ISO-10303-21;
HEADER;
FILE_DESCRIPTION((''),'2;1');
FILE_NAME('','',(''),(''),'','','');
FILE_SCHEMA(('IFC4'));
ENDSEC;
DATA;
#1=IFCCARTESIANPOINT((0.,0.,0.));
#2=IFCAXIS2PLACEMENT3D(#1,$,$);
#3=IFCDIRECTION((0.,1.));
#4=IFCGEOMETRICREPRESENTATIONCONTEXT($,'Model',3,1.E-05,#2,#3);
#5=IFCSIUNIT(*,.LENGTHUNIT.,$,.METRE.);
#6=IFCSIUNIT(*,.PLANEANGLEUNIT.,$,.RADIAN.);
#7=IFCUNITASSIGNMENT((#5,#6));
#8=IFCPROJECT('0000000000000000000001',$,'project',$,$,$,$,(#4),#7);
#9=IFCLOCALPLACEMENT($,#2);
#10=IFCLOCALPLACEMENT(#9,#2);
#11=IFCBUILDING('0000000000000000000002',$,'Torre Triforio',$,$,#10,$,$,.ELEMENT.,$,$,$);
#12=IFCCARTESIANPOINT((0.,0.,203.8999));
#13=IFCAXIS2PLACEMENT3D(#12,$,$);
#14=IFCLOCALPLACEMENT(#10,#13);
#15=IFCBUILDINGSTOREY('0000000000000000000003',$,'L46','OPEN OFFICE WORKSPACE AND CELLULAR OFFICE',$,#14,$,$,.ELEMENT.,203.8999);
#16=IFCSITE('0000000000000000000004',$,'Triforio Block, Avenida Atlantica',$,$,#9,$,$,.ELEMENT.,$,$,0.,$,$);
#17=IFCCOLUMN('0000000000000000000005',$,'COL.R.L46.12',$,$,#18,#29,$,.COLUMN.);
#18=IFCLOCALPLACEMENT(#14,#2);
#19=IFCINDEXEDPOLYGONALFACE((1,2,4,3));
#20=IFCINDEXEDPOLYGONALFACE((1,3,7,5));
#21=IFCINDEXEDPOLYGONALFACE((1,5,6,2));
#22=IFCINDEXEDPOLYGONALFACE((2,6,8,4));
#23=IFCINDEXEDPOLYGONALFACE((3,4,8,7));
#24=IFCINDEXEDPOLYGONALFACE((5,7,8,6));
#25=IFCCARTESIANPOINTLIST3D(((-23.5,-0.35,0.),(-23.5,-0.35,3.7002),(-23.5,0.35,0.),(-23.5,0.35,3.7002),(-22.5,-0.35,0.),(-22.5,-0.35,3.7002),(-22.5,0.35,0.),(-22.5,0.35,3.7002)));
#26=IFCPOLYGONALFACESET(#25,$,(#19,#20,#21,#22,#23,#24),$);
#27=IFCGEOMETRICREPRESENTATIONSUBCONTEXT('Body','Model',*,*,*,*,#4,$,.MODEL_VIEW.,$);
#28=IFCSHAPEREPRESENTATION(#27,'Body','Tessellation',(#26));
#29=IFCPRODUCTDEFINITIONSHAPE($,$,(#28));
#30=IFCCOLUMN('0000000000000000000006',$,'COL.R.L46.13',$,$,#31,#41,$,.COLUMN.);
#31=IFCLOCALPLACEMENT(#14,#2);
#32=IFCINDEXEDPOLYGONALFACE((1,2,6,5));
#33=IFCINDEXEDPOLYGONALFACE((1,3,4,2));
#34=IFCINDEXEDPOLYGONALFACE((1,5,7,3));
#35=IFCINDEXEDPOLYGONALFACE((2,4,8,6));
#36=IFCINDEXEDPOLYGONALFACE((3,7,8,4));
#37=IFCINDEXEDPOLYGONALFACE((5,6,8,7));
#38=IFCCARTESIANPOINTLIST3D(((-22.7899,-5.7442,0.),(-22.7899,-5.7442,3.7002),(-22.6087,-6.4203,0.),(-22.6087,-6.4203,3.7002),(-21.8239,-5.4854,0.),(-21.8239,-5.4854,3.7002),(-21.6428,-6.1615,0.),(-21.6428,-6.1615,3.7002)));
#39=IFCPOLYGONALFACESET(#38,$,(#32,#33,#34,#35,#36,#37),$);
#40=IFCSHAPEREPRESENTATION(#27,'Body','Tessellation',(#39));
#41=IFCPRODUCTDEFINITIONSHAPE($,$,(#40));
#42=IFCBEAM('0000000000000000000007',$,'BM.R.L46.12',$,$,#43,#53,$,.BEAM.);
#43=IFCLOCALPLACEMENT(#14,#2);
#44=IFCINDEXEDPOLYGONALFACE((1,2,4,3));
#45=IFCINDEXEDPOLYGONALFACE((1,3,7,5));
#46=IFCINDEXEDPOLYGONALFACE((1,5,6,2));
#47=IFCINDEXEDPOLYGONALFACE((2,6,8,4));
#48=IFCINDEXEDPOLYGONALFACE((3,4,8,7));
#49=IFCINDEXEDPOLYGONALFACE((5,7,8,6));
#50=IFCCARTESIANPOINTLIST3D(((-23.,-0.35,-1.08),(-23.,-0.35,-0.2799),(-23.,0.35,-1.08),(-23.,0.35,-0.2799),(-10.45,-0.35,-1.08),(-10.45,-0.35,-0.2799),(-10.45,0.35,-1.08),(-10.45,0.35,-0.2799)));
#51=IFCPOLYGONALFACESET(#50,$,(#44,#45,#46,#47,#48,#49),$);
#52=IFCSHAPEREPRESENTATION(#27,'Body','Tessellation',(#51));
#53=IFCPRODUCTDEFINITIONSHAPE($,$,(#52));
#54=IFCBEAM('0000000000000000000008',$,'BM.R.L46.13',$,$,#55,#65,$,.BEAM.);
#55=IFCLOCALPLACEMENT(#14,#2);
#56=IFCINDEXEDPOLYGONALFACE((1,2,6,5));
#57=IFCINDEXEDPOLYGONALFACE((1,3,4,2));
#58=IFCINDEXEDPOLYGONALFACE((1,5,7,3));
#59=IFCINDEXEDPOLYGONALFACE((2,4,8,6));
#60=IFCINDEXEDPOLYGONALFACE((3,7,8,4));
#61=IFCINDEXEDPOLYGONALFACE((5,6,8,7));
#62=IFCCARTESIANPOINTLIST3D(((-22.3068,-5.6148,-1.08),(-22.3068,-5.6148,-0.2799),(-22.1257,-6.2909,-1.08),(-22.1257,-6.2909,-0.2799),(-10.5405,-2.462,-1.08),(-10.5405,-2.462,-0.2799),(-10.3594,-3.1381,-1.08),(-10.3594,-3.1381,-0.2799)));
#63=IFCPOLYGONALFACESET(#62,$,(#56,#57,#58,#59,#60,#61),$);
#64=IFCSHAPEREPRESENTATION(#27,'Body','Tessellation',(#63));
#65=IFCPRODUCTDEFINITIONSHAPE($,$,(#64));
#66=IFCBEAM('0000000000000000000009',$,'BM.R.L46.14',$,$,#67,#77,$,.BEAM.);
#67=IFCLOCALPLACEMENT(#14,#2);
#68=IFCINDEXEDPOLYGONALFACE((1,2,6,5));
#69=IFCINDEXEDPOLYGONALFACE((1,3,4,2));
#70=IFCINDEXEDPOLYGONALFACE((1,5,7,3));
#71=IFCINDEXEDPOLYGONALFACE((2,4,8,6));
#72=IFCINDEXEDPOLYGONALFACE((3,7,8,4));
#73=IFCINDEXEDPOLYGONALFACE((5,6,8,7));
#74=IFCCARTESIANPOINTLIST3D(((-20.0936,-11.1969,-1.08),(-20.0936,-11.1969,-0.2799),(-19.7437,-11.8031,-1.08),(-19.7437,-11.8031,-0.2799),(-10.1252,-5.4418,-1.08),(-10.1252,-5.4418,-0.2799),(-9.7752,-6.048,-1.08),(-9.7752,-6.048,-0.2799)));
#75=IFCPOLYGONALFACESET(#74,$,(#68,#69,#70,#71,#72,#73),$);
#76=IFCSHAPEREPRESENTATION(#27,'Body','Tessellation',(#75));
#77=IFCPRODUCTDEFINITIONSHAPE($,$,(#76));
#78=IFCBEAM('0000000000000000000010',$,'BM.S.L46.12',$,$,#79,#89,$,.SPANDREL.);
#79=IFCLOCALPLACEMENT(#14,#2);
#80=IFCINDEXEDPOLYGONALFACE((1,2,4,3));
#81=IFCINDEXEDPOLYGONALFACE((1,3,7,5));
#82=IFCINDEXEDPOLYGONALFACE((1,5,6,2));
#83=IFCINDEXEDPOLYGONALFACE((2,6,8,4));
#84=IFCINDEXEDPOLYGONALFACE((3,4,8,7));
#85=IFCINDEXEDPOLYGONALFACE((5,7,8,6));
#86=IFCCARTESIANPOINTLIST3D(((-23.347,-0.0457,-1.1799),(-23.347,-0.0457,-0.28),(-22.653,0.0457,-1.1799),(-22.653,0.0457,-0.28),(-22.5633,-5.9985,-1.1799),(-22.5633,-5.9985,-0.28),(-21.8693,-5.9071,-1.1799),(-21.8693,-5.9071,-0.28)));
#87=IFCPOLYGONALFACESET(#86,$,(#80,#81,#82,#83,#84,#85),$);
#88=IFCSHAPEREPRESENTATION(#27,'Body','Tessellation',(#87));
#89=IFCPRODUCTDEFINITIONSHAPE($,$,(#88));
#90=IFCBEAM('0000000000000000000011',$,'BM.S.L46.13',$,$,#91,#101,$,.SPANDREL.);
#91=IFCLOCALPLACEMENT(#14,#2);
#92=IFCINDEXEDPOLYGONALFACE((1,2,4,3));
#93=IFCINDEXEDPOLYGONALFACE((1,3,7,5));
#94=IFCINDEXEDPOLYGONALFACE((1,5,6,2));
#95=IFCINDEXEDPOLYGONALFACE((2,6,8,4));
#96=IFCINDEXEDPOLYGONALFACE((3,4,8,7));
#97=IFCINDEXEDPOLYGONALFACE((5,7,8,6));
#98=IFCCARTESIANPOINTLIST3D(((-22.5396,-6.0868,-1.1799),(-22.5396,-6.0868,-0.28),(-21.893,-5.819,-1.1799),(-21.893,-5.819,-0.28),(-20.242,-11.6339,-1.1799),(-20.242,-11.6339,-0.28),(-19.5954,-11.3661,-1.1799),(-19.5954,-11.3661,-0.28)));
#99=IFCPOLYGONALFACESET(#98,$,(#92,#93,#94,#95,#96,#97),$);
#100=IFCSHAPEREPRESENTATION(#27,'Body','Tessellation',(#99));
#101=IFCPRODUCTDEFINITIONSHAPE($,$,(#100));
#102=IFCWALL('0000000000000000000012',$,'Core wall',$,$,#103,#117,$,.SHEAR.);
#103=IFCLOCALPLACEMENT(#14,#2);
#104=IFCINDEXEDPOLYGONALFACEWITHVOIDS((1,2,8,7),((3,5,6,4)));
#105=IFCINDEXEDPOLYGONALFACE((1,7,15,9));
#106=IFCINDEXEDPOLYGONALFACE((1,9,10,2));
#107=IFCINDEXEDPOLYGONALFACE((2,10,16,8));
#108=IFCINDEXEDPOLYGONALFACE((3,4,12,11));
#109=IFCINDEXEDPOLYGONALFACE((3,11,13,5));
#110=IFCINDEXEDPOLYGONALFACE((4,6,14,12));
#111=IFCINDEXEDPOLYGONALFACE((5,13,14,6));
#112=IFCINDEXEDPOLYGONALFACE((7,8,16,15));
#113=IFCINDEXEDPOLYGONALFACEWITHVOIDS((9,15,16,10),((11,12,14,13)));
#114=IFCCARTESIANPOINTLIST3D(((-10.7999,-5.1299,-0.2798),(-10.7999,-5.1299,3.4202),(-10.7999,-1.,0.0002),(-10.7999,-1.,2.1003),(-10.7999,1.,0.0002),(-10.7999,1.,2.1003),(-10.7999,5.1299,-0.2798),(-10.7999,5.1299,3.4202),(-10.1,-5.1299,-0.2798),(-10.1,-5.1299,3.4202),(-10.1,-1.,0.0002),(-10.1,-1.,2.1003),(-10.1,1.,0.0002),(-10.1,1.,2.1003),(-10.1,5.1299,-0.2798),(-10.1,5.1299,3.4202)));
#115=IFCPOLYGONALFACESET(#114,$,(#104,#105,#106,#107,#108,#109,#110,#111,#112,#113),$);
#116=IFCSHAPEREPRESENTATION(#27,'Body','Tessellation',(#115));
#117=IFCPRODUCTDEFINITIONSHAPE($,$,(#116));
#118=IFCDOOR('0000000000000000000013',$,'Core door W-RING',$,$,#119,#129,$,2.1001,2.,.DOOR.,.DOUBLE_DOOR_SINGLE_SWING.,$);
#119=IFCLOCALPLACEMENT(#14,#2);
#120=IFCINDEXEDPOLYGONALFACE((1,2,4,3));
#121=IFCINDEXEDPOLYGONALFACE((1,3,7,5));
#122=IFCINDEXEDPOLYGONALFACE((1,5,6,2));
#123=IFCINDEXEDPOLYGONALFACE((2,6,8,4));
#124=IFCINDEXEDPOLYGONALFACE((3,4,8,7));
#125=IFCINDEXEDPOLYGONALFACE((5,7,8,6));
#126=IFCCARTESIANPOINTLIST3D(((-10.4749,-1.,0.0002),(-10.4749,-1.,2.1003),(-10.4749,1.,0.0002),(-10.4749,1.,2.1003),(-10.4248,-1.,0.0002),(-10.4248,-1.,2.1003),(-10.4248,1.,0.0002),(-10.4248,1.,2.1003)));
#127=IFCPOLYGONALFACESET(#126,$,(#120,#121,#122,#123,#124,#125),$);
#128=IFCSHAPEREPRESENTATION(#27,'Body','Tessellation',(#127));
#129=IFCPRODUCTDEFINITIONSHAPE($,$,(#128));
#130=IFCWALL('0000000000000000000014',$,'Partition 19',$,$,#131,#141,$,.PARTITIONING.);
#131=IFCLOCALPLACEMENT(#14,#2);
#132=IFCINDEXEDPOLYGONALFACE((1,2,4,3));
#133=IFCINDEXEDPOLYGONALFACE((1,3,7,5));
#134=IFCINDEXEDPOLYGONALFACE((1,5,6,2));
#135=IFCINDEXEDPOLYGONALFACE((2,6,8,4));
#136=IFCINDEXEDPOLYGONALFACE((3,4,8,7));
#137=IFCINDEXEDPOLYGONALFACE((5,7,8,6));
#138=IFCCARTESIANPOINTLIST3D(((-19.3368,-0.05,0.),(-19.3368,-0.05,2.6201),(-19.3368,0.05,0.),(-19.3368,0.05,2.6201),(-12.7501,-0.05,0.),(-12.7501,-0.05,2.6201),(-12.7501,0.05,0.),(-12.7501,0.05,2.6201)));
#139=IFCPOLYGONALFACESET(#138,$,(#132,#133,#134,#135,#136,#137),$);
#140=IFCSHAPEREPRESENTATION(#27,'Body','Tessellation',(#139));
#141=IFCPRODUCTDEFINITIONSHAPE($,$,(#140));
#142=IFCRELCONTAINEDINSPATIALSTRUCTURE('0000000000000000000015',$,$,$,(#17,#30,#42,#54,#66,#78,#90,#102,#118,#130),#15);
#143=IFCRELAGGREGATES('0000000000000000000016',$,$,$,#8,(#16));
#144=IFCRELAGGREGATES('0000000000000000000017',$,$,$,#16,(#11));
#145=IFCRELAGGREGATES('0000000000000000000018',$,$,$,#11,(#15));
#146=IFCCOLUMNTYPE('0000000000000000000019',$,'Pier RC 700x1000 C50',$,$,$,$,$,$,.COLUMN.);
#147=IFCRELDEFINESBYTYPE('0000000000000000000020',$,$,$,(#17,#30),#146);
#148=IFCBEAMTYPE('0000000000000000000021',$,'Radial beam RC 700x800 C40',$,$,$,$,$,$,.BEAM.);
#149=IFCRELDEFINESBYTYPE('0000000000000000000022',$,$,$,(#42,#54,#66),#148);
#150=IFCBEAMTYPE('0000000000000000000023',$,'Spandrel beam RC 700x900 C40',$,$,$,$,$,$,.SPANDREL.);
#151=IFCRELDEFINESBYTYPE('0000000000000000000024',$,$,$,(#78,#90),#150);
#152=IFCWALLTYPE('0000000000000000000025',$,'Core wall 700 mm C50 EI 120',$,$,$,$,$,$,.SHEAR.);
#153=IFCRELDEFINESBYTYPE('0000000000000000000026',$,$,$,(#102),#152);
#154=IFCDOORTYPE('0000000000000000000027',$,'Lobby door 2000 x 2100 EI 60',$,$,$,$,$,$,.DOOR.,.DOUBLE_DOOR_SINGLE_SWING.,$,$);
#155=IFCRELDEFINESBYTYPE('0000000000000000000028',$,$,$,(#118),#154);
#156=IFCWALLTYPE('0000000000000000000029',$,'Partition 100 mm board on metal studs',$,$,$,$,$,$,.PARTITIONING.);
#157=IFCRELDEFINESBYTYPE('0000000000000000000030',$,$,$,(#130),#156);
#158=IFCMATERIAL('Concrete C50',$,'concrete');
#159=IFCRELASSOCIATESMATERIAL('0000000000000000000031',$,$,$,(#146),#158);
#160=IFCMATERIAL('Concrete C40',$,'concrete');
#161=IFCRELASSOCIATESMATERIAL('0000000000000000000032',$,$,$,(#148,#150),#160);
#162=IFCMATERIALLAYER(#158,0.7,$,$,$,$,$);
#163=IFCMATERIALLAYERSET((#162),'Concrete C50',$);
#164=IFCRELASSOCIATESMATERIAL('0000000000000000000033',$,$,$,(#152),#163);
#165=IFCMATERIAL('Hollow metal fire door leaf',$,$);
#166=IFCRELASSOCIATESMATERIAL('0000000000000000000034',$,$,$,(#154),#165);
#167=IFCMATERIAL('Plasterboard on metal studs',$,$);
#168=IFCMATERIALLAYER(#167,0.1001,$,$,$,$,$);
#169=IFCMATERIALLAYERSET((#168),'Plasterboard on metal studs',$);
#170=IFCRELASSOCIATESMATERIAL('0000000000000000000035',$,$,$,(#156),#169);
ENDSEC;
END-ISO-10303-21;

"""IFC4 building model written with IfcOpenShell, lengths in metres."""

from ifc_helpers import new_model, si_unit, direction, frame, frame_2d, origin, origin_2d, place, context, subcontext, project, spatial, rectangle, extrude, material, layer, layer_set, material_profile, profile_set, type_object, element, fill, save


model = new_model("IFC4")

# Units and contexts
model_context = context("Model", 3, precision=1e-05, world=origin(), true_north=direction((0.0, 1.0)))
body_context = subcontext(model_context, "Body", "Model", "MODEL_VIEW")
ifc_project = project(units=[si_unit("LENGTHUNIT", "METRE"), si_unit("PLANEANGLEUNIT", "RADIAN")], contexts=[model_context])

# Site, building, storey
site_placement = place(None, origin())
site = spatial("IfcSite", under=ifc_project, at=site_placement, Name="Triforio Block, Avenida Atlantica", CompositionType="ELEMENT", RefElevation=0.0)
building_placement = place(site_placement, origin())
building = spatial("IfcBuilding", under=site, at=building_placement, Name="Torre Triforio", CompositionType="ELEMENT")
storey_placement = place(building_placement, frame((0.0, 0.0, 203.8999)))
storey = spatial("IfcBuildingStorey", under=building, at=storey_placement, Name="L46", Description="OPEN OFFICE WORKSPACE AND CELLULAR OFFICE", CompositionType="ELEMENT", Elevation=203.8999)

# Columns
ifc_material_1 = material(Name="Concrete C50", Category="concrete")
ifc_material_profile_1 = material_profile(ifc_material_1, rectangle(XDim=0.7, YDim=1.0, at=origin_2d()), Name="RC 700x1000")
ifc_profile_set_1 = profile_set([ifc_material_profile_1], Name="Concrete C50")
column_type = type_object("IfcColumnType", Name="Pier RC 700x1000 C50", PredefinedType="COLUMN", material=ifc_profile_set_1)
for number, where, z_axis, x_axis, name in (
    (1, (-23.0, 0.0, 0.0), (0.0, 0.0, 1.0), (0.0, -1.0, 0.0), "COL.R.L46.12"),
    (2, (-22.2163, -5.9529, 0.0), (0.0, 0.0, 1.0), (0.258819, -0.965926, 0.0), "COL.R.L46.13"),
):
    element("IfcColumn", number, at=place(storey_placement, frame(where, z_axis=z_axis, x_axis=x_axis)), inside=storey, type_object=column_type, Name=name, PredefinedType="COLUMN", context=body_context, shape_type="SweptSolid", body=[
        extrude(rectangle(XDim=0.7, YDim=1.0, at=origin_2d()), origin(), (0.0, 0.0, 1.0), 3.7002),
    ])

# Beams
ifc_material_2 = material(Name="Concrete C40", Category="concrete")
ifc_material_profile_2 = material_profile(ifc_material_2, rectangle(XDim=0.7, YDim=0.8, at=origin_2d()), Name="RC 700x800")
ifc_profile_set_2 = profile_set([ifc_material_profile_2], Name="Concrete C40")
beam_type_1 = type_object("IfcBeamType", Name="Radial beam RC 700x800 C40", PredefinedType="BEAM", material=ifc_profile_set_2)
beam_1_placement = place(storey_placement, frame((-10.45, 0.0, -0.6799), z_axis=(-1.0, 0.0, 0.0), x_axis=(0.0, -1.0, 0.0)))
element("IfcBeam", 3, at=beam_1_placement, inside=storey, type_object=beam_type_1, Name="BM.R.L46.12", PredefinedType="BEAM", context=body_context, shape_type="SweptSolid", body=[
    extrude(rectangle(XDim=0.7, YDim=0.8, at=origin_2d()), origin(), (0.0, 0.0, 1.0), 12.55),
])
beam_2_placement = place(storey_placement, frame((-10.45, -2.8, -0.6799), z_axis=(-0.965925, -0.258823, 0.0), x_axis=(0.258823, -0.965925, 0.0)))
element("IfcBeam", 4, at=beam_2_placement, inside=storey, type_object=beam_type_1, Name="BM.R.L46.13", PredefinedType="BEAM", context=body_context, shape_type="SweptSolid", body=[
    extrude(rectangle(XDim=0.7, YDim=0.8, at=origin_2d()), origin(), (0.0, 0.0, 1.0), 12.1814),
])
beam_3_placement = place(storey_placement, frame((-9.9502, -5.7449, -0.6799), z_axis=(-0.866033, -0.499987, 0.0), x_axis=(0.499987, -0.866033, 0.0)))
element("IfcBeam", 5, at=beam_3_placement, inside=storey, type_object=beam_type_1, Name="BM.R.L46.14", PredefinedType="BEAM", context=body_context, shape_type="SweptSolid", body=[
    extrude(rectangle(XDim=0.7, YDim=0.8, at=origin_2d()), origin(), (0.0, 0.0, 1.0), 11.5105),
])
ifc_material_profile_3 = material_profile(ifc_material_2, rectangle(XDim=0.7, YDim=0.8999, at=origin_2d()), Name="RC 700x900")
ifc_profile_set_3 = profile_set([ifc_material_profile_3], Name="Concrete C40")
beam_type_2 = type_object("IfcBeamType", Name="Spandrel beam RC 700x900 C40", PredefinedType="SPANDREL", material=ifc_profile_set_3)
for number, where, z_axis, x_axis, name in (
    (6, (-23.0, 0.0, -0.73), (0.130523, -0.991445, 0.0), (0.991445, 0.130523, 0.0), "BM.S.L46.12"),
    (7, (-22.2163, -5.9529, -0.73), (0.382671, -0.923885, 0.0), (0.923885, 0.382671, 0.0), "BM.S.L46.13"),
):
    element("IfcBeam", number, at=place(storey_placement, frame(where, z_axis=z_axis, x_axis=x_axis)), inside=storey, type_object=beam_type_2, Name=name, PredefinedType="SPANDREL", context=body_context, shape_type="SweptSolid", body=[
        extrude(rectangle(XDim=0.7, YDim=0.8999, at=origin_2d()), origin(), (0.0, 0.0, 1.0), 6.0042),
    ])

# Wall, opening, door
ifc_layer_1 = layer(ifc_material_1, 0.7)
ifc_layer_set_1 = layer_set([ifc_layer_1], Name="Concrete C50")
wall_type_1 = type_object("IfcWallType", Name="Core wall 700 mm C50 EI 120", PredefinedType="SHEAR", material=ifc_layer_set_1)
wall_1_placement = place(storey_placement, frame((-10.45, -5.1299, -0.2798), z_axis=(0.0, 0.0, 1.0), x_axis=(0.0, 1.0, 0.0)))
wall_1 = element("IfcWall", 8, at=wall_1_placement, inside=storey, type_object=wall_type_1, Name="Core wall", PredefinedType="SHEAR", context=body_context, shape_type="SweptSolid", body=[
    extrude(rectangle(XDim=10.2598, YDim=0.7, at=frame_2d((5.1299, 0.0))), origin(), (0.0, 0.0, 1.0), 3.7),
])
opening_1_placement = place(wall_1_placement, frame((4.1299, 0.0, 0.28)))
opening_1 = element("IfcOpeningElement", 9, at=opening_1_placement, cuts=wall_1, PredefinedType="OPENING", context=body_context, shape_type="SweptSolid", body=[
    extrude(rectangle(XDim=2.0, YDim=2.1001, at=frame_2d((1.0, 1.05))), frame((0.0, 0.3599, 0.0), z_axis=(0.0, -1.0, 0.0), x_axis=(1.0, 0.0, 0.0)), (0.0, 0.0, 1.0), 0.72),
])
ifc_material_3 = material(Name="Hollow metal fire door leaf")
door_type_1 = type_object("IfcDoorType", Name="Lobby door 2000 x 2100 EI 60", OperationType="DOUBLE_DOOR_SINGLE_SWING", PredefinedType="DOOR", material=ifc_material_3)
door_1_placement = place(opening_1_placement, origin())
door_1 = element("IfcDoor", 10, at=door_1_placement, inside=storey, type_object=door_type_1, Name="Core door W-RING", OperationType="DOUBLE_DOOR_SINGLE_SWING", OverallHeight=2.1001, OverallWidth=2.0, PredefinedType="DOOR", context=body_context, shape_type="SweptSolid", body=[
    extrude(rectangle(XDim=2.0, YDim=2.1001, at=frame_2d((1.0, 1.05))), frame((0.0, 0.0249, 0.0), z_axis=(0.0, -1.0, 0.0), x_axis=(1.0, 0.0, 0.0)), (0.0, 0.0, 1.0), 0.05),
])
fill(opening_1, door_1)

# Wall
ifc_material_4 = material(Name="Plasterboard on metal studs")
ifc_layer_2 = layer(ifc_material_4, 0.1001)
ifc_layer_set_2 = layer_set([ifc_layer_2], Name="Plasterboard on metal studs")
wall_type_2 = type_object("IfcWallType", Name="Partition 100 mm board on metal studs", PredefinedType="PARTITIONING", material=ifc_layer_set_2)
wall_2_placement = place(storey_placement, frame((-12.75, 0.0, 0.0), z_axis=(0.0, 0.0, 1.0), x_axis=(-1.0, 0.0, 0.0)))
element("IfcWall", 11, at=wall_2_placement, inside=storey, type_object=wall_type_2, Name="Partition 19", PredefinedType="PARTITIONING", context=body_context, shape_type="SweptSolid", body=[
    extrude(rectangle(XDim=6.5867, YDim=0.1001, at=frame_2d((3.2935, 0.0))), origin(), (0.0, 0.0, 1.0), 2.6201),
])

save(model, "model.ifc")
